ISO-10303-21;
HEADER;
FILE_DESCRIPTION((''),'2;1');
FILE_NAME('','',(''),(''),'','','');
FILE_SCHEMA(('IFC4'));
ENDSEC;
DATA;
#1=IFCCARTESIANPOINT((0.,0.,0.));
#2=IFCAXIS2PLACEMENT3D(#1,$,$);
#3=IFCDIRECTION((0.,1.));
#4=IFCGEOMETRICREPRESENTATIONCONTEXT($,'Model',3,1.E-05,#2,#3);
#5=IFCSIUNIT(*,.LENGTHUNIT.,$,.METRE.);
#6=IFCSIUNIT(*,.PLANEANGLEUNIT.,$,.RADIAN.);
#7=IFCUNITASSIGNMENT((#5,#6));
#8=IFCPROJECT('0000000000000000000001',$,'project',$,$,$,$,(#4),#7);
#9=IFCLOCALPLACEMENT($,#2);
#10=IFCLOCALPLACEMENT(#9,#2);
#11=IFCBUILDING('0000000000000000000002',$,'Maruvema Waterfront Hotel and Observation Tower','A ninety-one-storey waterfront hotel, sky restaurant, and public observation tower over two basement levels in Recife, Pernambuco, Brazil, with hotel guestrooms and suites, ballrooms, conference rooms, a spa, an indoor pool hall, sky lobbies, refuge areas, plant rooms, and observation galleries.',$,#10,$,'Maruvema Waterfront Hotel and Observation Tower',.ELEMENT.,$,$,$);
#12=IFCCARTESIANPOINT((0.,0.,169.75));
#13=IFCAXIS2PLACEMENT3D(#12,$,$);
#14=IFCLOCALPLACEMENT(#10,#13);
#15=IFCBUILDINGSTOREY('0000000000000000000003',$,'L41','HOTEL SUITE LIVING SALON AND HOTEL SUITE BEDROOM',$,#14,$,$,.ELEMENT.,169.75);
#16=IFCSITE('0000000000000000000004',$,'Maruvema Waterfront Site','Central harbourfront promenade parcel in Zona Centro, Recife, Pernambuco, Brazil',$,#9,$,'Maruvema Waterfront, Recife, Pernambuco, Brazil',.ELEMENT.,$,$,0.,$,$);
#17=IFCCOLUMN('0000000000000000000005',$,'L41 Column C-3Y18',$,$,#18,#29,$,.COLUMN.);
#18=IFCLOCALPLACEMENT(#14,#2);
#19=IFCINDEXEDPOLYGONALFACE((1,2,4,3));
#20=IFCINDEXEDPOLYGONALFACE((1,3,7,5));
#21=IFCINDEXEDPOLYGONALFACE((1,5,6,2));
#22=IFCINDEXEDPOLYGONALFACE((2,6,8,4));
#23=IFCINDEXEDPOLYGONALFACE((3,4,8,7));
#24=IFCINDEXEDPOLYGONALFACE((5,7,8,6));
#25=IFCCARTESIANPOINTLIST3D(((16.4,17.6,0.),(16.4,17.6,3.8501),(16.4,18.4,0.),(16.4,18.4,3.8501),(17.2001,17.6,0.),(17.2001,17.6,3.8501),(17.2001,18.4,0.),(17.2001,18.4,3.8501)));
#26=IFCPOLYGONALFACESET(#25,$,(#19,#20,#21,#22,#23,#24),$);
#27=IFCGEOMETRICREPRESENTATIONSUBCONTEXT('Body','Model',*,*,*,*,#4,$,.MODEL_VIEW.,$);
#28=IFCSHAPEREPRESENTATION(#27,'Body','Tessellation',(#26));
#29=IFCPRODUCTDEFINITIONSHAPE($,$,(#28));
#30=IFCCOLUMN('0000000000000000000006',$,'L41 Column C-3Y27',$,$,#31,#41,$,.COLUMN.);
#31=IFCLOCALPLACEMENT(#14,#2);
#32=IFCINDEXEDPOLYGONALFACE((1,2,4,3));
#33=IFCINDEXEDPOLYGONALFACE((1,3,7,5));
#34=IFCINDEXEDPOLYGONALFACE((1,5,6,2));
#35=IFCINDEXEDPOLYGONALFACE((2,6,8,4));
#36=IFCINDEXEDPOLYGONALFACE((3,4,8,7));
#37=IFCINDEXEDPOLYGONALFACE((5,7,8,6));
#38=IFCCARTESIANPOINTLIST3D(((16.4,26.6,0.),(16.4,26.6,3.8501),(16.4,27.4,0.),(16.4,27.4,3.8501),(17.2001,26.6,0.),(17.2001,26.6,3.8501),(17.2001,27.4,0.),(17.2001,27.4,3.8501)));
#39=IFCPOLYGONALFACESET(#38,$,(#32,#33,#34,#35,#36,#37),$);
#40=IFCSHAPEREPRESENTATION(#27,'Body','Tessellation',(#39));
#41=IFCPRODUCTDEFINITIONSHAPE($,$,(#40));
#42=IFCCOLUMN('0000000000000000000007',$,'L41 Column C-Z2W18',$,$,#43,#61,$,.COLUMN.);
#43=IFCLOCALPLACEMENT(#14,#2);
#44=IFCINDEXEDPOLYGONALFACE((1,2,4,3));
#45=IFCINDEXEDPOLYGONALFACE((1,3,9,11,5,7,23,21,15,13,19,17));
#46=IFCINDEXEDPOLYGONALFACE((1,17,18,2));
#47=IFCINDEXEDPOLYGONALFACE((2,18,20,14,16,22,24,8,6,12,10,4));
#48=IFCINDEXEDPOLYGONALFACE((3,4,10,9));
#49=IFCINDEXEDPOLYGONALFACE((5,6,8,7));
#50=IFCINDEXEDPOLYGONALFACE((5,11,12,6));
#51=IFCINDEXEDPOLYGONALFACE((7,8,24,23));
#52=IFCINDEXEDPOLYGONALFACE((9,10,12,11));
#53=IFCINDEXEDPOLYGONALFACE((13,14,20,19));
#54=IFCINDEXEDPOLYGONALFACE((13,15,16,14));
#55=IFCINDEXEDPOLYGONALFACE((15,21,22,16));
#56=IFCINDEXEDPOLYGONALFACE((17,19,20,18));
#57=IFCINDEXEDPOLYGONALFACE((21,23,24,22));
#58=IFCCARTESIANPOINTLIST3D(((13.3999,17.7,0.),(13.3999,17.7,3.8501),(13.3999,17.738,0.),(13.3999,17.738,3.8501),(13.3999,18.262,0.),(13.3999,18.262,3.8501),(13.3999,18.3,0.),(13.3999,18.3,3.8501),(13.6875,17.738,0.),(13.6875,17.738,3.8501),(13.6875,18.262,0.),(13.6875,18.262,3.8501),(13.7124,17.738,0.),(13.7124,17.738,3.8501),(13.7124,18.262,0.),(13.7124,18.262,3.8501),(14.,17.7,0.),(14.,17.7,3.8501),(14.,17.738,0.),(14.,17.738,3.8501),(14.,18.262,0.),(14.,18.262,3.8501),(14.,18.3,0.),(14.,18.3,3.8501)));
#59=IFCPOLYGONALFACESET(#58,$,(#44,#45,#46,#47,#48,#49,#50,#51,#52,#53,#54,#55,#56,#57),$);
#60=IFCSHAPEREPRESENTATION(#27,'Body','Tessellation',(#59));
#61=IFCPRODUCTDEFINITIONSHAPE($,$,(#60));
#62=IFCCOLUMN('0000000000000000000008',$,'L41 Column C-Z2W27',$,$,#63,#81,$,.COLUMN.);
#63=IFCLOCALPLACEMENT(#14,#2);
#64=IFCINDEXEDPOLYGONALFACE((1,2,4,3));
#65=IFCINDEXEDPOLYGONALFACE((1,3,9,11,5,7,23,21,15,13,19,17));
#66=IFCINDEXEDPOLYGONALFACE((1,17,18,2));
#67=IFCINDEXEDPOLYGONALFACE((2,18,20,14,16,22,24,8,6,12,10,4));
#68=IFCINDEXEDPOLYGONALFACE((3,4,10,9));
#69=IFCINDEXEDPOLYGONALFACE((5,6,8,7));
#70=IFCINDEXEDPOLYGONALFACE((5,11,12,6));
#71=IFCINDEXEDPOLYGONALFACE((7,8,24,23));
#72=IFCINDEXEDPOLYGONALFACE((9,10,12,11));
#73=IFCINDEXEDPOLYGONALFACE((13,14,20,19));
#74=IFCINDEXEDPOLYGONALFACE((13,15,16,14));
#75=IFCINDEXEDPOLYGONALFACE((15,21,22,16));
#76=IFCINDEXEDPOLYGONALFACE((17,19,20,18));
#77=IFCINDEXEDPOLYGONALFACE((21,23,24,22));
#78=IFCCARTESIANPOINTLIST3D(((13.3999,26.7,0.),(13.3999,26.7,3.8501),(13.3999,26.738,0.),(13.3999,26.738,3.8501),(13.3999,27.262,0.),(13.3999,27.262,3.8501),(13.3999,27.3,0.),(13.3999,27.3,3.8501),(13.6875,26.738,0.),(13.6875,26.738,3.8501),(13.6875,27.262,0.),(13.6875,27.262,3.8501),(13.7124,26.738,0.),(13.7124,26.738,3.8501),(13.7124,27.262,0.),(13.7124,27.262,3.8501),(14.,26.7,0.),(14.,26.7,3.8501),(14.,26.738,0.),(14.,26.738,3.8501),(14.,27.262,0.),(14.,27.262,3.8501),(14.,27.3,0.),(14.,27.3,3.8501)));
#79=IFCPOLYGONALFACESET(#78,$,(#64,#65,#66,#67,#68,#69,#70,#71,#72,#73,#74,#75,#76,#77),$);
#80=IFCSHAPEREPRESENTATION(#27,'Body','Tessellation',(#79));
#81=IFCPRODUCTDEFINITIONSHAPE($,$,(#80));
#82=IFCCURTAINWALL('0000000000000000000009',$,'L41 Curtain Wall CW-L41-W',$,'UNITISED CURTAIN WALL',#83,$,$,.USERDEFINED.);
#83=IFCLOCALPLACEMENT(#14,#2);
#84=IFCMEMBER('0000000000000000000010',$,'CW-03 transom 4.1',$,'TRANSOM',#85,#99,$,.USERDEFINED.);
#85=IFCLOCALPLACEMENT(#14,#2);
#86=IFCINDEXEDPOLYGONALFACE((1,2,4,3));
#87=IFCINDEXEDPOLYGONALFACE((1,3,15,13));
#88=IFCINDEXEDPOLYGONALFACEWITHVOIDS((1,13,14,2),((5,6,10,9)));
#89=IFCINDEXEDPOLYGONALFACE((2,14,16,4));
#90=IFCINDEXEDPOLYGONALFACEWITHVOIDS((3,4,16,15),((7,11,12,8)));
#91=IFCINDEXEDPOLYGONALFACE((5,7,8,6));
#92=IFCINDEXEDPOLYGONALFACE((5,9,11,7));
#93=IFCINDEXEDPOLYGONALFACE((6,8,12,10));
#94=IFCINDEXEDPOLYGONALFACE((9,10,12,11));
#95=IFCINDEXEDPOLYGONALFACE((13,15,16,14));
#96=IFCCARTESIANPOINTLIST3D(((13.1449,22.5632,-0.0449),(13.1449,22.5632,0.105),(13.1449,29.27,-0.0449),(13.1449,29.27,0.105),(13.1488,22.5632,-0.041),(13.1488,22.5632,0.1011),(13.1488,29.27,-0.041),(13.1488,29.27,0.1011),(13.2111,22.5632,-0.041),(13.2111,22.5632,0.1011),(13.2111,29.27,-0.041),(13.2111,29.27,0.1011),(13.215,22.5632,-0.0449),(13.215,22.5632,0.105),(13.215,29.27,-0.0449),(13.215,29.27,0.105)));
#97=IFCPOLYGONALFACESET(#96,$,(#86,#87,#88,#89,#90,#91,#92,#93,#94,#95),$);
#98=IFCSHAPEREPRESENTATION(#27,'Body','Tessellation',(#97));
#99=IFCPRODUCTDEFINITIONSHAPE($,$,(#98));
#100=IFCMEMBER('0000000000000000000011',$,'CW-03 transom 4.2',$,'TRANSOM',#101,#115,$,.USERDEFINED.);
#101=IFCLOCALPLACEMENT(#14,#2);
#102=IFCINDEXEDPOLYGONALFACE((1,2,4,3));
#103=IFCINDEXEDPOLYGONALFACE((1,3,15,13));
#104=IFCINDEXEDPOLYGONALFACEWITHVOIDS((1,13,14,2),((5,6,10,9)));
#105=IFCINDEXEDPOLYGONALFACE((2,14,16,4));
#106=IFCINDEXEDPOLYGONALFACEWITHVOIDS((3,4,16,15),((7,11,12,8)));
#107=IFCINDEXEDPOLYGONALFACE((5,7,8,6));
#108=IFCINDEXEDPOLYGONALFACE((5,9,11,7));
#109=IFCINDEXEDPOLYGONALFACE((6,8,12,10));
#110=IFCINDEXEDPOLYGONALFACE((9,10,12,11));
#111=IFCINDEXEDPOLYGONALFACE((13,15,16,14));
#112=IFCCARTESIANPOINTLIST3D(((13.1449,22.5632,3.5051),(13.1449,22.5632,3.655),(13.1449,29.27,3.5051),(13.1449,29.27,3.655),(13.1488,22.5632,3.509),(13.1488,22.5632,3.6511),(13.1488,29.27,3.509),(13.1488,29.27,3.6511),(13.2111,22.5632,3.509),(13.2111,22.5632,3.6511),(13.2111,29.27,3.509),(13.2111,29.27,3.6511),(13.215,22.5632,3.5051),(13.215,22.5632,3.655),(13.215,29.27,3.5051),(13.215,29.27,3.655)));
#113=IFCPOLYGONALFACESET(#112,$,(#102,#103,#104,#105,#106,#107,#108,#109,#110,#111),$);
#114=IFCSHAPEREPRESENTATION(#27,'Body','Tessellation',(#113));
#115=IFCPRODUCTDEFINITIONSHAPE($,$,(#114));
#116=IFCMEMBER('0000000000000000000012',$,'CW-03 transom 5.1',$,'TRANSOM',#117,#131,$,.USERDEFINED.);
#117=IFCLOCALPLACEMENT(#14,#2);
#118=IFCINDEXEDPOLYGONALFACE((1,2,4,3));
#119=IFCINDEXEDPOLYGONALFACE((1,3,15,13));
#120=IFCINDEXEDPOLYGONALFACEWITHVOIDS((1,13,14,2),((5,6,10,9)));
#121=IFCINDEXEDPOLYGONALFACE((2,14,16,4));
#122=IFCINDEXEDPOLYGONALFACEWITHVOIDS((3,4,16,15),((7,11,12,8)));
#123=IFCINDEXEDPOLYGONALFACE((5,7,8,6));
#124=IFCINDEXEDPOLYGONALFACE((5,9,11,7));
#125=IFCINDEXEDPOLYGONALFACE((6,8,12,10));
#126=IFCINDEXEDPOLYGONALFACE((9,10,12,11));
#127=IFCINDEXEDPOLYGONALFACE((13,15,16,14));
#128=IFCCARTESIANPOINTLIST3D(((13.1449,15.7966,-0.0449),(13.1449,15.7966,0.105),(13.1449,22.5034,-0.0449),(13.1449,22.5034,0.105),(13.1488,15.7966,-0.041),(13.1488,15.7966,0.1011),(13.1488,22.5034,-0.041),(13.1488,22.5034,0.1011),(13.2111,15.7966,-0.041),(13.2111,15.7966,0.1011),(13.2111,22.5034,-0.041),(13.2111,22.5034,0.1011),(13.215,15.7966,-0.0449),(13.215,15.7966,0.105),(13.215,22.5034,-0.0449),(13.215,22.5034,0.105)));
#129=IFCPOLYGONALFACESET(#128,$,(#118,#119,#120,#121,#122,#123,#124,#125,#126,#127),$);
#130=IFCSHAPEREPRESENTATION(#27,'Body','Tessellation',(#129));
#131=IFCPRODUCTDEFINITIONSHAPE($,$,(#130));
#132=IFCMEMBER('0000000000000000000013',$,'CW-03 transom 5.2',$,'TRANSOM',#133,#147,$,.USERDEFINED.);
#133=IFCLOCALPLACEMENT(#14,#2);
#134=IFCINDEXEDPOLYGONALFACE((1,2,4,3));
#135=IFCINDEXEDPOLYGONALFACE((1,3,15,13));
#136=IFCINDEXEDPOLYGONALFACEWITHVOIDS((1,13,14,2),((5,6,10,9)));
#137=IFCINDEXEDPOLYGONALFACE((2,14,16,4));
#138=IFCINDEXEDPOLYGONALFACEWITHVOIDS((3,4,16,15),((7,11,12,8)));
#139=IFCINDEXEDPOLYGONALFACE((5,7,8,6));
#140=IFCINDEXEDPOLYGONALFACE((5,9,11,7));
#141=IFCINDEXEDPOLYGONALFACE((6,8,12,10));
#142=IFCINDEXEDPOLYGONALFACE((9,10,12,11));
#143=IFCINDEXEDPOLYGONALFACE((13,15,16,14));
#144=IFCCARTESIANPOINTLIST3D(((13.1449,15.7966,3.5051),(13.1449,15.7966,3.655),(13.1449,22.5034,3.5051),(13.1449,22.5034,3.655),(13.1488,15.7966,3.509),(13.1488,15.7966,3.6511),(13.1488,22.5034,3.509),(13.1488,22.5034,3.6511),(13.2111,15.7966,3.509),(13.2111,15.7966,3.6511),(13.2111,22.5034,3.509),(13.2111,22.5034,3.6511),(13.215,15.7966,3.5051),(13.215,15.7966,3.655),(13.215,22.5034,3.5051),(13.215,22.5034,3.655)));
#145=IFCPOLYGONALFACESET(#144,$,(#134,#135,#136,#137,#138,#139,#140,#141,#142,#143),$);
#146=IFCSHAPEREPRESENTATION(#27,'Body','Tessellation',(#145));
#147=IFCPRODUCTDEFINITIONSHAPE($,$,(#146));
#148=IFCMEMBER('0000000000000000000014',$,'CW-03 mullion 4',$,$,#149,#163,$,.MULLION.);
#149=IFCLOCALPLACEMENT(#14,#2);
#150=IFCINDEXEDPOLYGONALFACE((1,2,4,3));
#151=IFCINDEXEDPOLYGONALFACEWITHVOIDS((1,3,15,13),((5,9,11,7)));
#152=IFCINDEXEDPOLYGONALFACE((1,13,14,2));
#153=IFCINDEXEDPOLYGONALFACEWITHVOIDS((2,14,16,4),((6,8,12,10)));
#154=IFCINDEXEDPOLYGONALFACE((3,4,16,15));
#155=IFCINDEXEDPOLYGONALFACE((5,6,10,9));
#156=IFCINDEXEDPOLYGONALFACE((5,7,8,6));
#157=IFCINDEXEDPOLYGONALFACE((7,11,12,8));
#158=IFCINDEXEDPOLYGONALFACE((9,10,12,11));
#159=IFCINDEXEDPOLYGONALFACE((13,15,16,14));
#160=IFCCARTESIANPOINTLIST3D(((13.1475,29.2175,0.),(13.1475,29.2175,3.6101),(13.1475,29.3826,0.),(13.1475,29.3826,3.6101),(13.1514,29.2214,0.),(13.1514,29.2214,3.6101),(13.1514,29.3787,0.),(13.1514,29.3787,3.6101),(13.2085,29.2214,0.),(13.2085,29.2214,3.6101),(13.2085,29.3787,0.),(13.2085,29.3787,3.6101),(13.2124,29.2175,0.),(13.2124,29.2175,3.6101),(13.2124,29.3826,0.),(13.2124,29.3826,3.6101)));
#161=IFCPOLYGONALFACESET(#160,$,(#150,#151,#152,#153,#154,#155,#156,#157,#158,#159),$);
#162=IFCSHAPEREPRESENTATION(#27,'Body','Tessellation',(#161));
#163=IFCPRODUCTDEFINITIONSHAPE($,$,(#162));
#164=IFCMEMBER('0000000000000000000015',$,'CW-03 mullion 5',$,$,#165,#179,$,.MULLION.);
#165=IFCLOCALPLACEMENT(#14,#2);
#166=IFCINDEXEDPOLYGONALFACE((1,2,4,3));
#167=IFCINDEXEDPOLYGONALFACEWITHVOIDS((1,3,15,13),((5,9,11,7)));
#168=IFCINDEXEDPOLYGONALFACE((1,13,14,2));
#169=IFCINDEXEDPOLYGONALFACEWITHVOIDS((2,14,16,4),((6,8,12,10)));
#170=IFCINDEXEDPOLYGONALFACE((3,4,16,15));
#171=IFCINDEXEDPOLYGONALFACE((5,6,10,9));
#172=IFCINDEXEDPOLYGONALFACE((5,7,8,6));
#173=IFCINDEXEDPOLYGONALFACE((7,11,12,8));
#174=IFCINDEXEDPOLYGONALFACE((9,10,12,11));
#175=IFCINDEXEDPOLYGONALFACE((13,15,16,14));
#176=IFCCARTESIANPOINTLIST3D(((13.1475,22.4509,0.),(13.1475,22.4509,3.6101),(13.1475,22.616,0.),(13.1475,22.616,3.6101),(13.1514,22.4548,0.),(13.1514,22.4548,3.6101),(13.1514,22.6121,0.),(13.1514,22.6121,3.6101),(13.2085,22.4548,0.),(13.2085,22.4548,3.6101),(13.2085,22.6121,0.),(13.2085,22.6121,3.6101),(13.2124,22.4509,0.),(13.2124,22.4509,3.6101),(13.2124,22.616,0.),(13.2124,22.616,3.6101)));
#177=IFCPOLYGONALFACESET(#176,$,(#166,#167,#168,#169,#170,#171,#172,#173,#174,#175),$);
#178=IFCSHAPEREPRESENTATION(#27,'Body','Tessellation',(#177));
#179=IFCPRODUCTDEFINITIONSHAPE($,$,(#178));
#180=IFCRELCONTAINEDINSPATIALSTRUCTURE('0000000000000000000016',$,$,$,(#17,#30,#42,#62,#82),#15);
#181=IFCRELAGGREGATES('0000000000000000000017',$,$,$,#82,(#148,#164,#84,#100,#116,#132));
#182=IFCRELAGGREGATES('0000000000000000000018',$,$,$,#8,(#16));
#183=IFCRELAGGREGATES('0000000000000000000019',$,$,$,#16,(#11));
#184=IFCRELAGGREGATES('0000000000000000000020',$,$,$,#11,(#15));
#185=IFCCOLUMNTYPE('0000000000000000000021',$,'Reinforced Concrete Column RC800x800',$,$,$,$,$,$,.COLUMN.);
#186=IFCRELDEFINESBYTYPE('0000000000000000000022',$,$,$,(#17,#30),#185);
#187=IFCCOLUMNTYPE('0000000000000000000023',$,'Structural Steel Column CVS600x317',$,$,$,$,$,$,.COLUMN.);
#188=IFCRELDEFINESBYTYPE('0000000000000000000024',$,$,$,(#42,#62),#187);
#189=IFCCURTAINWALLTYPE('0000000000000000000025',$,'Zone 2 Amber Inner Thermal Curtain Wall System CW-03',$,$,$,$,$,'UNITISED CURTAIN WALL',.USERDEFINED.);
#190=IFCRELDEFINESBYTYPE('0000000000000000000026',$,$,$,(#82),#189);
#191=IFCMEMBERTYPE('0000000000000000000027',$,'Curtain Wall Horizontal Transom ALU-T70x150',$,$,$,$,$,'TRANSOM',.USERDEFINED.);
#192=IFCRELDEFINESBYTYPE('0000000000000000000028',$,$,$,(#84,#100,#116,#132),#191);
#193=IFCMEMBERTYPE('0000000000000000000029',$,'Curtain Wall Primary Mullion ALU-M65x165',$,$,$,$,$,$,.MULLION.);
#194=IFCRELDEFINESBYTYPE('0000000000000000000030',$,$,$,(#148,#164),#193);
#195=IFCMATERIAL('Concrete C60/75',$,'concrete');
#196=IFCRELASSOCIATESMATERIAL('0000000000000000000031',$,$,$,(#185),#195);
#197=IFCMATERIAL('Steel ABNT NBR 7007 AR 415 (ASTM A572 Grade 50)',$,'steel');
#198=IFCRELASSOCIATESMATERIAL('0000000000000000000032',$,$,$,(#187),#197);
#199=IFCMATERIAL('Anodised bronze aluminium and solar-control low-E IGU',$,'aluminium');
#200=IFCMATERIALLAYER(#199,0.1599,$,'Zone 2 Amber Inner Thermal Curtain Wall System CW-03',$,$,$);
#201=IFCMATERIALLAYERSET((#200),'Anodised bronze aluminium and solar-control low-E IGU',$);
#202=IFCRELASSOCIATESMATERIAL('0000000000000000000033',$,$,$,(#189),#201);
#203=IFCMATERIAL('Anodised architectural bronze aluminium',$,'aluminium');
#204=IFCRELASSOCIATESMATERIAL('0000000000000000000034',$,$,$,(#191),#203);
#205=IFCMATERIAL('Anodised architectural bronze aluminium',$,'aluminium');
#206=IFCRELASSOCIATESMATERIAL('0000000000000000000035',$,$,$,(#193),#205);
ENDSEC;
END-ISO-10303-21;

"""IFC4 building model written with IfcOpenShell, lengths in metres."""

from ifc_helpers import new_model, si_unit, direction, frame, origin, origin_2d, place, context, subcontext, project, spatial, rectangle, hollow_rectangle, i_section, extrude, material, layer, layer_set, material_profile, profile_set, type_object, element, aggregate, save


model = new_model("IFC4")

# Units and contexts
model_context = context("Model", 3, precision=1e-05, world=origin(), true_north=direction((0.0, 1.0)))
body_context = subcontext(model_context, "Body", "Model", "MODEL_VIEW")
ifc_project = project(units=[si_unit("LENGTHUNIT", "METRE"), si_unit("PLANEANGLEUNIT", "RADIAN")], contexts=[model_context])

# Site, building, storey
site_placement = place(None, origin())
site = spatial("IfcSite", under=ifc_project, at=site_placement, Name="Maruvema Waterfront Site", Description="Central harbourfront promenade parcel in Zona Centro, Recife, Pernambuco, Brazil", LongName="Maruvema Waterfront, Recife, Pernambuco, Brazil", CompositionType="ELEMENT", RefElevation=0.0)
building_placement = place(site_placement, origin())
building = spatial("IfcBuilding", under=site, at=building_placement, Name="Maruvema Waterfront Hotel and Observation Tower", Description="A ninety-one-storey waterfront hotel, sky restaurant, and public observation tower over two basement levels in Recife, Pernambuco, Brazil, with hotel guestrooms and suites, ballrooms, conference rooms, a spa, an indoor pool hall, sky lobbies, refuge areas, plant rooms, and observation galleries.", LongName="Maruvema Waterfront Hotel and Observation Tower", CompositionType="ELEMENT")
storey_placement = place(building_placement, frame((0.0, 0.0, 169.75)))
storey = spatial("IfcBuildingStorey", under=building, at=storey_placement, Name="L41", Description="HOTEL SUITE LIVING SALON AND HOTEL SUITE BEDROOM", CompositionType="ELEMENT", Elevation=169.75)

# Columns
ifc_material_1 = material(Name="Concrete C60/75", Category="concrete")
ifc_material_profile_1 = material_profile(ifc_material_1, rectangle(XDim=0.8, YDim=0.8, at=origin_2d()), Name="RC800x800")
ifc_profile_set_1 = profile_set([ifc_material_profile_1], Name="Concrete C60/75")
column_type_1 = type_object("IfcColumnType", Name="Reinforced Concrete Column RC800x800", PredefinedType="COLUMN", material=ifc_profile_set_1)
for number, where, z_axis, x_axis, name in (
    (1, (16.8, 18.0, 0.0), (0.0, 0.0, 1.0), (1.0, 0.0, 0.0), "L41 Column C-3Y18"),
    (2, (16.8, 27.0, 0.0), (0.0, 0.0, 1.0), (1.0, 0.0, 0.0), "L41 Column C-3Y27"),
):
    element("IfcColumn", number, at=place(storey_placement, frame(where, z_axis=z_axis, x_axis=x_axis)), inside=storey, type_object=column_type_1, Name=name, PredefinedType="COLUMN", context=body_context, shape_type="SweptSolid", body=[
        extrude(rectangle(XDim=0.8, YDim=0.8, at=origin_2d()), origin(), (0.0, 0.0, 1.0), 3.8501),
    ])
ifc_material_2 = material(Name="Steel ABNT NBR 7007 AR 415 (ASTM A572 Grade 50)", Category="steel")
ifc_material_profile_2 = material_profile(ifc_material_2, i_section(OverallWidth=0.6001, OverallDepth=0.6001, WebThickness=0.0249, FlangeThickness=0.0381, at=origin_2d()), Name="CVS600x317")
ifc_profile_set_2 = profile_set([ifc_material_profile_2], Name="Steel ABNT NBR 7007 AR 415 (ASTM A572 Grade 50)")
column_type_2 = type_object("IfcColumnType", Name="Structural Steel Column CVS600x317", PredefinedType="COLUMN", material=ifc_profile_set_2)
for number, where, z_axis, x_axis, name in (
    (3, (13.7, 18.0, 0.0), (0.0, 0.0, 1.0), (1.0, 0.0, 0.0), "L41 Column C-Z2W18"),
    (4, (13.7, 27.0, 0.0), (0.0, 0.0, 1.0), (1.0, 0.0, 0.0), "L41 Column C-Z2W27"),
):
    element("IfcColumn", number, at=place(storey_placement, frame(where, z_axis=z_axis, x_axis=x_axis)), inside=storey, type_object=column_type_2, Name=name, PredefinedType="COLUMN", context=body_context, shape_type="SweptSolid", body=[
        extrude(i_section(OverallWidth=0.6001, OverallDepth=0.6001, WebThickness=0.0249, FlangeThickness=0.0381, at=origin_2d()), origin(), (0.0, 0.0, 1.0), 3.8501),
    ])

# Curtain wall, members
ifc_material_3 = material(Name="Anodised bronze aluminium and solar-control low-E IGU", Category="aluminium")
ifc_layer_1 = layer(ifc_material_3, 0.1599, Name="Zone 2 Amber Inner Thermal Curtain Wall System CW-03")
ifc_layer_set_1 = layer_set([ifc_layer_1], Name="Anodised bronze aluminium and solar-control low-E IGU")
curtain_wall_type = type_object("IfcCurtainWallType", Name="Zone 2 Amber Inner Thermal Curtain Wall System CW-03", ElementType="UNITISED CURTAIN WALL", PredefinedType="USERDEFINED", material=ifc_layer_set_1)
curtain_wall_placement = place(storey_placement, origin())
curtain_wall = element("IfcCurtainWall", 5, at=curtain_wall_placement, inside=storey, type_object=curtain_wall_type, Name="L41 Curtain Wall CW-L41-W", ObjectType="UNITISED CURTAIN WALL", PredefinedType="USERDEFINED")
ifc_material_4 = material(Name="Anodised architectural bronze aluminium", Category="aluminium")
ifc_material_profile_3 = material_profile(ifc_material_4, hollow_rectangle(XDim=0.0701, YDim=0.1499, WallThickness=0.0039, at=origin_2d()), Name="ALU-T70x150")
ifc_profile_set_3 = profile_set([ifc_material_profile_3], Name="Anodised architectural bronze aluminium")
member_type_1 = type_object("IfcMemberType", Name="Curtain Wall Horizontal Transom ALU-T70x150", ElementType="TRANSOM", PredefinedType="USERDEFINED", material=ifc_profile_set_3)
member_1_placement = place(storey_placement, frame((13.1799, 29.27, 0.03), z_axis=(0.0, -1.0, 0.0), x_axis=(1.0, 0.0, 0.0)))
member_1 = element("IfcMember", 6, at=member_1_placement, type_object=member_type_1, Name="CW-03 transom 4.1", ObjectType="TRANSOM", PredefinedType="USERDEFINED", context=body_context, shape_type="SweptSolid", body=[
    extrude(hollow_rectangle(XDim=0.0701, YDim=0.1499, WallThickness=0.0039, at=origin_2d()), origin(), (0.0, 0.0, 1.0), 6.7068),
])
member_2_placement = place(storey_placement, frame((13.1799, 29.27, 3.5801), z_axis=(0.0, -1.0, 0.0), x_axis=(1.0, 0.0, 0.0)))
member_2 = element("IfcMember", 7, at=member_2_placement, type_object=member_type_1, Name="CW-03 transom 4.2", ObjectType="TRANSOM", PredefinedType="USERDEFINED", context=body_context, shape_type="SweptSolid", body=[
    extrude(hollow_rectangle(XDim=0.0701, YDim=0.1499, WallThickness=0.0039, at=origin_2d()), origin(), (0.0, 0.0, 1.0), 6.7068),
])
member_3_placement = place(storey_placement, frame((13.1799, 22.5034, 0.03), z_axis=(0.0, -1.0, 0.0), x_axis=(1.0, 0.0, 0.0)))
member_3 = element("IfcMember", 8, at=member_3_placement, type_object=member_type_1, Name="CW-03 transom 5.1", ObjectType="TRANSOM", PredefinedType="USERDEFINED", context=body_context, shape_type="SweptSolid", body=[
    extrude(hollow_rectangle(XDim=0.0701, YDim=0.1499, WallThickness=0.0039, at=origin_2d()), origin(), (0.0, 0.0, 1.0), 6.7068),
])
member_4_placement = place(storey_placement, frame((13.1799, 22.5034, 3.5801), z_axis=(0.0, -1.0, 0.0), x_axis=(1.0, 0.0, 0.0)))
member_4 = element("IfcMember", 9, at=member_4_placement, type_object=member_type_1, Name="CW-03 transom 5.2", ObjectType="TRANSOM", PredefinedType="USERDEFINED", context=body_context, shape_type="SweptSolid", body=[
    extrude(hollow_rectangle(XDim=0.0701, YDim=0.1499, WallThickness=0.0039, at=origin_2d()), origin(), (0.0, 0.0, 1.0), 6.7068),
])
ifc_material_5 = material(Name="Anodised architectural bronze aluminium", Category="aluminium")
ifc_material_profile_4 = material_profile(ifc_material_5, hollow_rectangle(XDim=0.0649, YDim=0.165, WallThickness=0.0039, at=origin_2d()), Name="ALU-M65x165")
ifc_profile_set_4 = profile_set([ifc_material_profile_4], Name="Anodised architectural bronze aluminium")
member_type_2 = type_object("IfcMemberType", Name="Curtain Wall Primary Mullion ALU-M65x165", PredefinedType="MULLION", material=ifc_profile_set_4)
member_5_placement = place(storey_placement, frame((13.1799, 29.3, 0.0), z_axis=(0.0, 0.0, 1.0), x_axis=(1.0, 0.0, 0.0)))
member_5 = element("IfcMember", 10, at=member_5_placement, type_object=member_type_2, Name="CW-03 mullion 4", PredefinedType="MULLION", context=body_context, shape_type="SweptSolid", body=[
    extrude(hollow_rectangle(XDim=0.0649, YDim=0.165, WallThickness=0.0039, at=origin_2d()), origin(), (0.0, 0.0, 1.0), 3.6101),
])
member_6_placement = place(storey_placement, frame((13.1799, 22.5334, 0.0), z_axis=(0.0, 0.0, 1.0), x_axis=(1.0, 0.0, 0.0)))
member_6 = element("IfcMember", 11, at=member_6_placement, type_object=member_type_2, Name="CW-03 mullion 5", PredefinedType="MULLION", context=body_context, shape_type="SweptSolid", body=[
    extrude(hollow_rectangle(XDim=0.0649, YDim=0.165, WallThickness=0.0039, at=origin_2d()), origin(), (0.0, 0.0, 1.0), 3.6101),
])

aggregate(curtain_wall, [member_5, member_6, member_1, member_2, member_3, member_4])

save(model, "model.ifc")
